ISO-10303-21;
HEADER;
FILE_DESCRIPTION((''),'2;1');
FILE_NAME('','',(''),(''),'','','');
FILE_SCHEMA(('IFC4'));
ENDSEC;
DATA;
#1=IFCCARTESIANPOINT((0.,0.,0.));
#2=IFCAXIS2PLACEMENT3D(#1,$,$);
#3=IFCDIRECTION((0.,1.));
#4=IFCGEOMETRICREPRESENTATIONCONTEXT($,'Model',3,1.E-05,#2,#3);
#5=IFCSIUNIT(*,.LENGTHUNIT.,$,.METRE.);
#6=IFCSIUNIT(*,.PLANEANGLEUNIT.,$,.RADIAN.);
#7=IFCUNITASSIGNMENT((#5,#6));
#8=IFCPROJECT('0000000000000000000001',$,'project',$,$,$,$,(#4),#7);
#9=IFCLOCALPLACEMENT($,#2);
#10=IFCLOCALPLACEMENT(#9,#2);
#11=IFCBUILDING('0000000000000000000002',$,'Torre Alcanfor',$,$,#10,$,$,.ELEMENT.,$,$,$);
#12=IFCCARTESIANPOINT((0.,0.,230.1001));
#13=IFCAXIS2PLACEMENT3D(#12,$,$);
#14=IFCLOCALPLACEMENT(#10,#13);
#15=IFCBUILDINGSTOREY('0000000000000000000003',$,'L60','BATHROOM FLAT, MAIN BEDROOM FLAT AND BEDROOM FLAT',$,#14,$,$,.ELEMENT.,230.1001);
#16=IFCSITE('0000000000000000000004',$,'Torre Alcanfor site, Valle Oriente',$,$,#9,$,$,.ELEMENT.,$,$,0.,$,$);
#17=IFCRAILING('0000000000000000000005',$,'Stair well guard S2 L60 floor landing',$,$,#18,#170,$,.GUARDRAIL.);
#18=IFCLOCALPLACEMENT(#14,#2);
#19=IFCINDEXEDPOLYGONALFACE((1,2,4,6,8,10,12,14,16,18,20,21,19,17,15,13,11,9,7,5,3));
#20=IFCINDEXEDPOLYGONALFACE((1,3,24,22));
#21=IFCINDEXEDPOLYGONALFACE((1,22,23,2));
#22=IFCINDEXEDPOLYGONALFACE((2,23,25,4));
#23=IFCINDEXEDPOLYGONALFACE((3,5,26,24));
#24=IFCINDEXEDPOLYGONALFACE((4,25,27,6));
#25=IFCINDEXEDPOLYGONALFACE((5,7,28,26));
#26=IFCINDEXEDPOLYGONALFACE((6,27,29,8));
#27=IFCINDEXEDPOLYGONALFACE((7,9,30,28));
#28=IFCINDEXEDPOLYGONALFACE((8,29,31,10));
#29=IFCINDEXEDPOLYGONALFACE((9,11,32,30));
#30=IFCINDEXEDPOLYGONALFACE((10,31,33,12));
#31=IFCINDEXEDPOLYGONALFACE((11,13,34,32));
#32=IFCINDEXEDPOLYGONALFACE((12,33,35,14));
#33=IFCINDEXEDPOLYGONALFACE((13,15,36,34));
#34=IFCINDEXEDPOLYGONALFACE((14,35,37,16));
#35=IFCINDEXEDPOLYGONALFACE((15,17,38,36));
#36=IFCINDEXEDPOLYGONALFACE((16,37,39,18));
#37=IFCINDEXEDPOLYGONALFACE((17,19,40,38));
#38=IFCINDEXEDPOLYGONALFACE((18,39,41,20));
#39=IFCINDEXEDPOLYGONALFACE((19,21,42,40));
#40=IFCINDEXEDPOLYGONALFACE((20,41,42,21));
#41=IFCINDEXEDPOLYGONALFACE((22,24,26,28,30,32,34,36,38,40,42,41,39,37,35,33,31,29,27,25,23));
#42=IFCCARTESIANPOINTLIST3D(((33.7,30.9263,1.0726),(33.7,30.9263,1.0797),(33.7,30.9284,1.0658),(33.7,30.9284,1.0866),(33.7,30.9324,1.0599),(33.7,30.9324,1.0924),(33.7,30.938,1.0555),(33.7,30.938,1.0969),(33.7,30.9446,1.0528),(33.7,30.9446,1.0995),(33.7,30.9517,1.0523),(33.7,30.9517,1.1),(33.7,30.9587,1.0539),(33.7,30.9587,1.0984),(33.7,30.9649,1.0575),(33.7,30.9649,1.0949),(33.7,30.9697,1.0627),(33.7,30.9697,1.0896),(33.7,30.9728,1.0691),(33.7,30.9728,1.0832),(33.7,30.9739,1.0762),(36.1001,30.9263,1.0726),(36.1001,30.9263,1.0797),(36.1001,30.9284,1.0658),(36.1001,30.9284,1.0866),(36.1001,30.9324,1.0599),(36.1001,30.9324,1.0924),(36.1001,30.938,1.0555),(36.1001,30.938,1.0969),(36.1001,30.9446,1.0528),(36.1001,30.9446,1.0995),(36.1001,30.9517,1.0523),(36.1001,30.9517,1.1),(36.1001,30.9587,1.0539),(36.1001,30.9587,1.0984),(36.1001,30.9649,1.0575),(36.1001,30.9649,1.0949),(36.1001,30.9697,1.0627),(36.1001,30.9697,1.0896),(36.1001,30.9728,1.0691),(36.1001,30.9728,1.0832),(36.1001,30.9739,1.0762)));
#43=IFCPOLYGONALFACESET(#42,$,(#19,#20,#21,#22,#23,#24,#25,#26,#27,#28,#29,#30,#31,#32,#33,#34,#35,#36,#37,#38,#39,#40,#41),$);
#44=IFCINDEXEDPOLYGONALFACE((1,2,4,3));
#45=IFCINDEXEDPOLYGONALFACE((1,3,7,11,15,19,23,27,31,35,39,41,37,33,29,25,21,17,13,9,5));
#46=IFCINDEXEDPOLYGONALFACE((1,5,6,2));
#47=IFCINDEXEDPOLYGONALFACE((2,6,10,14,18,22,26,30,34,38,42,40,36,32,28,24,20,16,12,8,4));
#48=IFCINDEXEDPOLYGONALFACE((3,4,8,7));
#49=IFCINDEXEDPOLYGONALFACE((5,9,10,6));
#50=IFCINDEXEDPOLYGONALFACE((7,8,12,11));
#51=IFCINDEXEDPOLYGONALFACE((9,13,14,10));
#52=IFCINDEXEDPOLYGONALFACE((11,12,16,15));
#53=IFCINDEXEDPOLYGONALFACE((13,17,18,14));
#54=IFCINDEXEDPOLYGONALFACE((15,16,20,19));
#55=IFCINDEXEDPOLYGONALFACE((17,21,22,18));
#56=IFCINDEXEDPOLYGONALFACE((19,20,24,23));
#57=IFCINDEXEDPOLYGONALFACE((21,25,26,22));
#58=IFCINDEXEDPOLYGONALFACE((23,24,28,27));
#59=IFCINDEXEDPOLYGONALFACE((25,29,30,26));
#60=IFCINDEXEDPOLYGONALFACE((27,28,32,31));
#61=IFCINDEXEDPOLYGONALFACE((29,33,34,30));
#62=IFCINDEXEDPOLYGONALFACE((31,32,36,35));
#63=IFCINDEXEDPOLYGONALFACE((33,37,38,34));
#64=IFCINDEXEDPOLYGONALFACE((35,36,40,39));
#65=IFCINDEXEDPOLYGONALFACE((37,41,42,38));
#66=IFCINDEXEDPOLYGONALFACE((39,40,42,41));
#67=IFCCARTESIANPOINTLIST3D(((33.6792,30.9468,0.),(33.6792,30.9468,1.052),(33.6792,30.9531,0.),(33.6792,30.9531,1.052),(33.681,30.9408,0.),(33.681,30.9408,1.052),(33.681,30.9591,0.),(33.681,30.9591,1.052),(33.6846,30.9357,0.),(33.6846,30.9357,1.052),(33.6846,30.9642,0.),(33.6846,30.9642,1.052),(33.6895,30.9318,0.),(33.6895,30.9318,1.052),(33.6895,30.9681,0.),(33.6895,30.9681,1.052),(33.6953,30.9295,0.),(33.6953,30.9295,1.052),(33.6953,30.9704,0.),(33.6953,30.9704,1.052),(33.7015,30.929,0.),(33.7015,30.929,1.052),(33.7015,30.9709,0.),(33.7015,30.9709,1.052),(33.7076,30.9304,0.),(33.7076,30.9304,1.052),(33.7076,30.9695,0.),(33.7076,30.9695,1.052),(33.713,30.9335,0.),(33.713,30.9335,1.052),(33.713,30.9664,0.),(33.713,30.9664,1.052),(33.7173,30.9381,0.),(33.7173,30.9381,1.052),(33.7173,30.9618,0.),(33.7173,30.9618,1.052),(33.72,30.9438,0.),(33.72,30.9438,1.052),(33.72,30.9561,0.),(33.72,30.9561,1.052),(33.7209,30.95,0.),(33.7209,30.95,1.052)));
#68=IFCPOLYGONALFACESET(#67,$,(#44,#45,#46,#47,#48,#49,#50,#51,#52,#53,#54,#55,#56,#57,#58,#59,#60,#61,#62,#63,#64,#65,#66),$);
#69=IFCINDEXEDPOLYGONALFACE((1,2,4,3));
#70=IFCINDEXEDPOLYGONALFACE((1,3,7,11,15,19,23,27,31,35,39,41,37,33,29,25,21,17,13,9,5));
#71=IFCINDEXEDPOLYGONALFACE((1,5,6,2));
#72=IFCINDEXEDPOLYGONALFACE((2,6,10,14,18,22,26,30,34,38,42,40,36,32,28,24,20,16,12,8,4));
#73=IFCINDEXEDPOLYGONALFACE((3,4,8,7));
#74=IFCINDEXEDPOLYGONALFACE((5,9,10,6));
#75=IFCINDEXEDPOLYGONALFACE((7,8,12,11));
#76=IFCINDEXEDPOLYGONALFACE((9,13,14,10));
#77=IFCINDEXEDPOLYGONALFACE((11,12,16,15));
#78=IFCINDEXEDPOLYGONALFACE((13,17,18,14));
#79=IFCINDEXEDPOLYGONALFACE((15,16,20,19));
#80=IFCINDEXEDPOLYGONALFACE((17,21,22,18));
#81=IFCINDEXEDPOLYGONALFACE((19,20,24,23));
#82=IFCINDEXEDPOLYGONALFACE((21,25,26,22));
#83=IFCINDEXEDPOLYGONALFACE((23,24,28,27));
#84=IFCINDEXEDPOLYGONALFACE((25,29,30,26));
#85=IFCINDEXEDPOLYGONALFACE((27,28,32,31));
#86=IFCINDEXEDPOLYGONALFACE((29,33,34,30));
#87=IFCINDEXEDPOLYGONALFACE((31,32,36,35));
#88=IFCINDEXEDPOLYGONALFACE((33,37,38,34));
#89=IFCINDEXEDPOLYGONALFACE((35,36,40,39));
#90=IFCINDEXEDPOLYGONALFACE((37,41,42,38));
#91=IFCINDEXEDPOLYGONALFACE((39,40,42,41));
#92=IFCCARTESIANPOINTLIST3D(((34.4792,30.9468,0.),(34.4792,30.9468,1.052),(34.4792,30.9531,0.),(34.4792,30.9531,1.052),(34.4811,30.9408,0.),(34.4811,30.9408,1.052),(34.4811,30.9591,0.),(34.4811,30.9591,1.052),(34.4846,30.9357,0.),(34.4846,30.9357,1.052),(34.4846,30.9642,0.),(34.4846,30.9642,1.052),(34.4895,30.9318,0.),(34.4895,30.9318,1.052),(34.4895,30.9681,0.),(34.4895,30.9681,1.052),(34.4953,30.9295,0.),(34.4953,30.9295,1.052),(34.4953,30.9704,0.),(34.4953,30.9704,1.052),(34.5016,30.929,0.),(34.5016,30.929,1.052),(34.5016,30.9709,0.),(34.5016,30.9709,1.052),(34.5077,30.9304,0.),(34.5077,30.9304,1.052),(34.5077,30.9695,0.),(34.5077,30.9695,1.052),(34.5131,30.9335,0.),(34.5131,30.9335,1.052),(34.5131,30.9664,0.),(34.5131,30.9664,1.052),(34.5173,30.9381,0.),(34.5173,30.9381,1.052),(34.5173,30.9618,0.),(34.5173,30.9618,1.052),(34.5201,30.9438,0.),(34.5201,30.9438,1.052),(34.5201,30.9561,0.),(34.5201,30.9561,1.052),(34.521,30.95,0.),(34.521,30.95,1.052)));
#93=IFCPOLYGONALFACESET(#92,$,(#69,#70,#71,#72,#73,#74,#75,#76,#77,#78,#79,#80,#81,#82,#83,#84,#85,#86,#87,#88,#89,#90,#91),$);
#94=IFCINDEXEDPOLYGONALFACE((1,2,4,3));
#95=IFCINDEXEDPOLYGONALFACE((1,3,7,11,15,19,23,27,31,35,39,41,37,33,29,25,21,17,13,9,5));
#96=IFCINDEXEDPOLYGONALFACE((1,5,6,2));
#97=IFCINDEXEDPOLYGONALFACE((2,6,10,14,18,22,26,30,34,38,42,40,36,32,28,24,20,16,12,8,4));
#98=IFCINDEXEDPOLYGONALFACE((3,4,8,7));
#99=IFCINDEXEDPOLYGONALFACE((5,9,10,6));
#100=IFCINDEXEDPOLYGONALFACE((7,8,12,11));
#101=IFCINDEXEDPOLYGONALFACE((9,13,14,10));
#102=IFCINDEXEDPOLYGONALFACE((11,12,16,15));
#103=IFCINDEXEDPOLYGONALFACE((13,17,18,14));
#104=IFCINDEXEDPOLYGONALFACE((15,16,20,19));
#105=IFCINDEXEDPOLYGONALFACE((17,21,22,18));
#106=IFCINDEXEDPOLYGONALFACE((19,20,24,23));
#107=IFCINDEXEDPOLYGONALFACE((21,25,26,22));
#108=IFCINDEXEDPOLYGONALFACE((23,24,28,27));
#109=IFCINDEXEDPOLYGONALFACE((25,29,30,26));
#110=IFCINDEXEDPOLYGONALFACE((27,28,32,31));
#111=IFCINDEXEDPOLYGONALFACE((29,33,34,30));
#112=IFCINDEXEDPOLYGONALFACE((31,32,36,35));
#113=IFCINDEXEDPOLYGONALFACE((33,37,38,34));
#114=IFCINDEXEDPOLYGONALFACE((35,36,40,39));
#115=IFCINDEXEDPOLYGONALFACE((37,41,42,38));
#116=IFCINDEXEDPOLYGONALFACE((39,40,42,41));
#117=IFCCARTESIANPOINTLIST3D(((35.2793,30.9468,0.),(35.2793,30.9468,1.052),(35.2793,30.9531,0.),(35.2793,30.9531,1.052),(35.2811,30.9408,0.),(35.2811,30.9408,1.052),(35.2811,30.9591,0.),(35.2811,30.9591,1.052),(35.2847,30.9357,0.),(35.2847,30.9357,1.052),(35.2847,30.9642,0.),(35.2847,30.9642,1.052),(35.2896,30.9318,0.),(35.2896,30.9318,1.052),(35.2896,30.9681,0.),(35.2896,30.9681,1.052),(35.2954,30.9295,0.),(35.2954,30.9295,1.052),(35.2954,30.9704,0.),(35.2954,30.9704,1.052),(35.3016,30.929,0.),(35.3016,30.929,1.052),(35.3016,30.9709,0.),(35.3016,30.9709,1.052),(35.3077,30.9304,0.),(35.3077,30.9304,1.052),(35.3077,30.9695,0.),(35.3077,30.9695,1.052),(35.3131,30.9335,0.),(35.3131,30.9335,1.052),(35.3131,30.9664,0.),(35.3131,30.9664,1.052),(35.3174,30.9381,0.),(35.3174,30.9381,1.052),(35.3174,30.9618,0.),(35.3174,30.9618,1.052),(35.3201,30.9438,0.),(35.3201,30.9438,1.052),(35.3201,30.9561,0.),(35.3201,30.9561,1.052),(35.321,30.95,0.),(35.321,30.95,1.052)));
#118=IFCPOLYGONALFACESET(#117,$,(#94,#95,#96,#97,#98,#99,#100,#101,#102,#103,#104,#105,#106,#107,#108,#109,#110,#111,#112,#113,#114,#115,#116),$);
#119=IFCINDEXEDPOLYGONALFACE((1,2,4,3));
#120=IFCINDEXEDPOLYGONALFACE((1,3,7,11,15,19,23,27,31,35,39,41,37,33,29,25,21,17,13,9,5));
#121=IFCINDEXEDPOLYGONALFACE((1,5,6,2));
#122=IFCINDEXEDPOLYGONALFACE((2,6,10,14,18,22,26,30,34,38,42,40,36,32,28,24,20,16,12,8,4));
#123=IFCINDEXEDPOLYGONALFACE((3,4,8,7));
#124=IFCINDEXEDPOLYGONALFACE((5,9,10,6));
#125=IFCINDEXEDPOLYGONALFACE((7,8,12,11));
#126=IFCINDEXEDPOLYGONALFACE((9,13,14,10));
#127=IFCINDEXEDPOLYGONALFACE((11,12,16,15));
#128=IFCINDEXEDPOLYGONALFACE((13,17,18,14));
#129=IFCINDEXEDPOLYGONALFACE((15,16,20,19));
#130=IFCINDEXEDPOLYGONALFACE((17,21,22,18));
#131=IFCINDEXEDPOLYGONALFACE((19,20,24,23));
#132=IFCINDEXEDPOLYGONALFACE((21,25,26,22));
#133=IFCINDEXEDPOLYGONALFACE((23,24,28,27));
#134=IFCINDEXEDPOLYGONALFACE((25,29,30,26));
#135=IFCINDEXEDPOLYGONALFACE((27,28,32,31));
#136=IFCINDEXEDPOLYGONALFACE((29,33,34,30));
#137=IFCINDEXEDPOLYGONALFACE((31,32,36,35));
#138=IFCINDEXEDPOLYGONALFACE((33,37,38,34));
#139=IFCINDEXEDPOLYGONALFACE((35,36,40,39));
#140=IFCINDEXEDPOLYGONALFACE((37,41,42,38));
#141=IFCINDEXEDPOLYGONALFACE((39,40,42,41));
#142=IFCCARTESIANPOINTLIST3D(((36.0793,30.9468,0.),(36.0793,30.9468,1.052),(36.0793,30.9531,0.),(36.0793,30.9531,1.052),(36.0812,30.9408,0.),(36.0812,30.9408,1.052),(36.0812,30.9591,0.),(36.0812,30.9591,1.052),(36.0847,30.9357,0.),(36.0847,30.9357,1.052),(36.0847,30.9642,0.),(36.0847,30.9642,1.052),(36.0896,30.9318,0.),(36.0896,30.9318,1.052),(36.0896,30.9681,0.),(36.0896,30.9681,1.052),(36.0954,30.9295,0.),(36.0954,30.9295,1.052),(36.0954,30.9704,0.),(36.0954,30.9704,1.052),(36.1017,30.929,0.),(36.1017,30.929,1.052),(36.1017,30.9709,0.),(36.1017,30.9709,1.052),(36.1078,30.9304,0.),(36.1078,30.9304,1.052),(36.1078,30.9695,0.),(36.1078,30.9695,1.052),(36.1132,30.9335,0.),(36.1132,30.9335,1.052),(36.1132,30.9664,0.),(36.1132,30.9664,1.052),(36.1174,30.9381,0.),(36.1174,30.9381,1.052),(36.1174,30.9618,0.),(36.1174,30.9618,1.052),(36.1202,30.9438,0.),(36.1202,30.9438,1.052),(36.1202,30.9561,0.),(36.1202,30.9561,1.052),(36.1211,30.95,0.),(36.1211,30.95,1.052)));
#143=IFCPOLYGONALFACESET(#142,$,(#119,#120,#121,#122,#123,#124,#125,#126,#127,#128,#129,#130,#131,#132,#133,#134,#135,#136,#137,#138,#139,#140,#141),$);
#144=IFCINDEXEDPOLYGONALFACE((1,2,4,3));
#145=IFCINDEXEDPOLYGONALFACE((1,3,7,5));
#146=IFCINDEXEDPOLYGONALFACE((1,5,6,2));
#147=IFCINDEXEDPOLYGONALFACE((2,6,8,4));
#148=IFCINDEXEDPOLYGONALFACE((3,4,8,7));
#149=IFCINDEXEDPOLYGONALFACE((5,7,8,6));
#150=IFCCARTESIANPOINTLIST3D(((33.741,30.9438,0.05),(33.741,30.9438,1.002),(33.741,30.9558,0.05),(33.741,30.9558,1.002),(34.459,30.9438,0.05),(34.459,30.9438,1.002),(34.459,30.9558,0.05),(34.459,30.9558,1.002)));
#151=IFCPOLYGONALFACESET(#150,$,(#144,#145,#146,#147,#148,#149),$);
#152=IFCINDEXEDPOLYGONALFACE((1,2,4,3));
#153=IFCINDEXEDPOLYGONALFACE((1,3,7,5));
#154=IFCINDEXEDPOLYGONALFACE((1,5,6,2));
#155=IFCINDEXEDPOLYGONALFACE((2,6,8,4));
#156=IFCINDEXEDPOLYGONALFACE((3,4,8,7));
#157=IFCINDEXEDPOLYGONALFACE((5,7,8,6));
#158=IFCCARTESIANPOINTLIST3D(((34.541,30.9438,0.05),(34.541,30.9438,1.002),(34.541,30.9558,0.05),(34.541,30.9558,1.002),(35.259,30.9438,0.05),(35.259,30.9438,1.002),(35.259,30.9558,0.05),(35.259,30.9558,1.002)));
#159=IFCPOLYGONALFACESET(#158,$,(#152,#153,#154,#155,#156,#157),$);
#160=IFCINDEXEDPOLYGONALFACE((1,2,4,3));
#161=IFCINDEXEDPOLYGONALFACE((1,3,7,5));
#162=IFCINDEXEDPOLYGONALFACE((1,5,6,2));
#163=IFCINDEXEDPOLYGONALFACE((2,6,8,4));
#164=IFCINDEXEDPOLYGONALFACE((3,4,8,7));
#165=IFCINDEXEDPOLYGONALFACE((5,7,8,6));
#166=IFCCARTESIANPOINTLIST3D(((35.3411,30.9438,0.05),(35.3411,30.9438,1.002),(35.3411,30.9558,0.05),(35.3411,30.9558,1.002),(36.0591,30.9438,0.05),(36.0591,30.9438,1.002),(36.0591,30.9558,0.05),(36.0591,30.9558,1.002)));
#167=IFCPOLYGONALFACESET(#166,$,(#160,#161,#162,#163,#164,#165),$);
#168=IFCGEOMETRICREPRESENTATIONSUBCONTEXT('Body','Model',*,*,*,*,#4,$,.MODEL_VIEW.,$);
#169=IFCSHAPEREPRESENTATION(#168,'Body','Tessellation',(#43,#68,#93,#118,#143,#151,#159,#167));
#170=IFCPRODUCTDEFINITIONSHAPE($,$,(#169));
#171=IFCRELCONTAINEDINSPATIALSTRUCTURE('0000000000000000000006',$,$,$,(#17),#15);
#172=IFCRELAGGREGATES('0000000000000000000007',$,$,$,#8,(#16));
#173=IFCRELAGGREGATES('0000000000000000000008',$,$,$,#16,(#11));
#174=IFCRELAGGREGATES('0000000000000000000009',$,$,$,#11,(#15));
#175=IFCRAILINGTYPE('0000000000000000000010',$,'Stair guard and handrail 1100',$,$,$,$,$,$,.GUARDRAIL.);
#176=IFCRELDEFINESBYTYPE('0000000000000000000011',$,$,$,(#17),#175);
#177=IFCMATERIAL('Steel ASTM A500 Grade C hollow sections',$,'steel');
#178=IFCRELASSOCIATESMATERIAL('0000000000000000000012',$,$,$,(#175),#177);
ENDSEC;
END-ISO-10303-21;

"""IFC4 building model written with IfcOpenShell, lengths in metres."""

from ifc_helpers import new_model, si_unit, direction, frame, origin, origin_2d, place, context, subcontext, project, spatial, polyline, circle, outline, extrude, material, type_object, element, save


model = new_model("IFC4")

# Units and contexts
model_context = context("Model", 3, precision=1e-05, world=origin(), true_north=direction((0.0, 1.0)))
body_context = subcontext(model_context, "Body", "Model", "MODEL_VIEW")
ifc_project = project(units=[si_unit("LENGTHUNIT", "METRE"), si_unit("PLANEANGLEUNIT", "RADIAN")], contexts=[model_context])

# Site, building, storey
site_placement = place(None, origin())
site = spatial("IfcSite", under=ifc_project, at=site_placement, Name="Torre Alcanfor site, Valle Oriente", CompositionType="ELEMENT", RefElevation=0.0)
building_placement = place(site_placement, origin())
building = spatial("IfcBuilding", under=site, at=building_placement, Name="Torre Alcanfor", CompositionType="ELEMENT")
storey_placement = place(building_placement, frame((0.0, 0.0, 230.1001)))
storey = spatial("IfcBuildingStorey", under=building, at=storey_placement, Name="L60", Description="BATHROOM FLAT, MAIN BEDROOM FLAT AND BEDROOM FLAT", CompositionType="ELEMENT", Elevation=230.1001)

# Railing
ifc_material_1 = material(Name="Steel ASTM A500 Grade C hollow sections", Category="steel")
railing_type_1 = type_object("IfcRailingType", Name="Stair guard and handrail 1100", PredefinedType="GUARDRAIL", material=ifc_material_1)
for number, where, name in (
    (1, (33.7, 30.95, 0.0), "Stair well guard S2 L60 floor landing"),
):
    element("IfcRailing", number, at=place(storey_placement, frame(where)), inside=storey, type_object=railing_type_1, Name=name, PredefinedType="GUARDRAIL", context=body_context, shape_type="SweptSolid", body=[
        extrude(circle(Radius=0.0239, at=origin_2d()), frame((0.0, 0.0, 1.0762), z_axis=(1.0, 0.0, 0.0), x_axis=(0.0, 1.0, 0.0)), (0.0, 0.0, 1.0), 2.4001),
        extrude(circle(Radius=0.021, at=origin_2d()), origin(), (0.0, 0.0, 1.0), 1.052),
        extrude(circle(Radius=0.021, at=origin_2d()), frame((0.8, 0.0, 0.0)), (0.0, 0.0, 1.0), 1.052),
        extrude(circle(Radius=0.021, at=origin_2d()), frame((1.6001, 0.0, 0.0)), (0.0, 0.0, 1.0), 1.052),
        extrude(circle(Radius=0.021, at=origin_2d()), frame((2.4001, 0.0, 0.0)), (0.0, 0.0, 1.0), 1.052),
        extrude(outline(polyline([(0.041, 0.05), (0.759, 0.05), (0.759, 1.002), (0.041, 1.002), (0.041, 0.05)])), frame((0.0, 0.0059, 0.0), z_axis=(0.0, -1.0, 0.0), x_axis=(1.0, 0.0, 0.0)), (0.0, 0.0, 1.0), 0.012),
        extrude(outline(polyline([(0.8411, 0.05), (1.5591, 0.05), (1.5591, 1.002), (0.8411, 1.002), (0.8411, 0.05)])), frame((0.0, 0.0059, 0.0), z_axis=(0.0, -1.0, 0.0), x_axis=(1.0, 0.0, 0.0)), (0.0, 0.0, 1.0), 0.012),
        extrude(outline(polyline([(1.6411, 0.05), (2.3591, 0.05), (2.3591, 1.002), (1.6411, 1.002), (1.6411, 0.05)])), frame((0.0, 0.0059, 0.0), z_axis=(0.0, -1.0, 0.0), x_axis=(1.0, 0.0, 0.0)), (0.0, 0.0, 1.0), 0.012),
    ])

save(model, "model.ifc")
